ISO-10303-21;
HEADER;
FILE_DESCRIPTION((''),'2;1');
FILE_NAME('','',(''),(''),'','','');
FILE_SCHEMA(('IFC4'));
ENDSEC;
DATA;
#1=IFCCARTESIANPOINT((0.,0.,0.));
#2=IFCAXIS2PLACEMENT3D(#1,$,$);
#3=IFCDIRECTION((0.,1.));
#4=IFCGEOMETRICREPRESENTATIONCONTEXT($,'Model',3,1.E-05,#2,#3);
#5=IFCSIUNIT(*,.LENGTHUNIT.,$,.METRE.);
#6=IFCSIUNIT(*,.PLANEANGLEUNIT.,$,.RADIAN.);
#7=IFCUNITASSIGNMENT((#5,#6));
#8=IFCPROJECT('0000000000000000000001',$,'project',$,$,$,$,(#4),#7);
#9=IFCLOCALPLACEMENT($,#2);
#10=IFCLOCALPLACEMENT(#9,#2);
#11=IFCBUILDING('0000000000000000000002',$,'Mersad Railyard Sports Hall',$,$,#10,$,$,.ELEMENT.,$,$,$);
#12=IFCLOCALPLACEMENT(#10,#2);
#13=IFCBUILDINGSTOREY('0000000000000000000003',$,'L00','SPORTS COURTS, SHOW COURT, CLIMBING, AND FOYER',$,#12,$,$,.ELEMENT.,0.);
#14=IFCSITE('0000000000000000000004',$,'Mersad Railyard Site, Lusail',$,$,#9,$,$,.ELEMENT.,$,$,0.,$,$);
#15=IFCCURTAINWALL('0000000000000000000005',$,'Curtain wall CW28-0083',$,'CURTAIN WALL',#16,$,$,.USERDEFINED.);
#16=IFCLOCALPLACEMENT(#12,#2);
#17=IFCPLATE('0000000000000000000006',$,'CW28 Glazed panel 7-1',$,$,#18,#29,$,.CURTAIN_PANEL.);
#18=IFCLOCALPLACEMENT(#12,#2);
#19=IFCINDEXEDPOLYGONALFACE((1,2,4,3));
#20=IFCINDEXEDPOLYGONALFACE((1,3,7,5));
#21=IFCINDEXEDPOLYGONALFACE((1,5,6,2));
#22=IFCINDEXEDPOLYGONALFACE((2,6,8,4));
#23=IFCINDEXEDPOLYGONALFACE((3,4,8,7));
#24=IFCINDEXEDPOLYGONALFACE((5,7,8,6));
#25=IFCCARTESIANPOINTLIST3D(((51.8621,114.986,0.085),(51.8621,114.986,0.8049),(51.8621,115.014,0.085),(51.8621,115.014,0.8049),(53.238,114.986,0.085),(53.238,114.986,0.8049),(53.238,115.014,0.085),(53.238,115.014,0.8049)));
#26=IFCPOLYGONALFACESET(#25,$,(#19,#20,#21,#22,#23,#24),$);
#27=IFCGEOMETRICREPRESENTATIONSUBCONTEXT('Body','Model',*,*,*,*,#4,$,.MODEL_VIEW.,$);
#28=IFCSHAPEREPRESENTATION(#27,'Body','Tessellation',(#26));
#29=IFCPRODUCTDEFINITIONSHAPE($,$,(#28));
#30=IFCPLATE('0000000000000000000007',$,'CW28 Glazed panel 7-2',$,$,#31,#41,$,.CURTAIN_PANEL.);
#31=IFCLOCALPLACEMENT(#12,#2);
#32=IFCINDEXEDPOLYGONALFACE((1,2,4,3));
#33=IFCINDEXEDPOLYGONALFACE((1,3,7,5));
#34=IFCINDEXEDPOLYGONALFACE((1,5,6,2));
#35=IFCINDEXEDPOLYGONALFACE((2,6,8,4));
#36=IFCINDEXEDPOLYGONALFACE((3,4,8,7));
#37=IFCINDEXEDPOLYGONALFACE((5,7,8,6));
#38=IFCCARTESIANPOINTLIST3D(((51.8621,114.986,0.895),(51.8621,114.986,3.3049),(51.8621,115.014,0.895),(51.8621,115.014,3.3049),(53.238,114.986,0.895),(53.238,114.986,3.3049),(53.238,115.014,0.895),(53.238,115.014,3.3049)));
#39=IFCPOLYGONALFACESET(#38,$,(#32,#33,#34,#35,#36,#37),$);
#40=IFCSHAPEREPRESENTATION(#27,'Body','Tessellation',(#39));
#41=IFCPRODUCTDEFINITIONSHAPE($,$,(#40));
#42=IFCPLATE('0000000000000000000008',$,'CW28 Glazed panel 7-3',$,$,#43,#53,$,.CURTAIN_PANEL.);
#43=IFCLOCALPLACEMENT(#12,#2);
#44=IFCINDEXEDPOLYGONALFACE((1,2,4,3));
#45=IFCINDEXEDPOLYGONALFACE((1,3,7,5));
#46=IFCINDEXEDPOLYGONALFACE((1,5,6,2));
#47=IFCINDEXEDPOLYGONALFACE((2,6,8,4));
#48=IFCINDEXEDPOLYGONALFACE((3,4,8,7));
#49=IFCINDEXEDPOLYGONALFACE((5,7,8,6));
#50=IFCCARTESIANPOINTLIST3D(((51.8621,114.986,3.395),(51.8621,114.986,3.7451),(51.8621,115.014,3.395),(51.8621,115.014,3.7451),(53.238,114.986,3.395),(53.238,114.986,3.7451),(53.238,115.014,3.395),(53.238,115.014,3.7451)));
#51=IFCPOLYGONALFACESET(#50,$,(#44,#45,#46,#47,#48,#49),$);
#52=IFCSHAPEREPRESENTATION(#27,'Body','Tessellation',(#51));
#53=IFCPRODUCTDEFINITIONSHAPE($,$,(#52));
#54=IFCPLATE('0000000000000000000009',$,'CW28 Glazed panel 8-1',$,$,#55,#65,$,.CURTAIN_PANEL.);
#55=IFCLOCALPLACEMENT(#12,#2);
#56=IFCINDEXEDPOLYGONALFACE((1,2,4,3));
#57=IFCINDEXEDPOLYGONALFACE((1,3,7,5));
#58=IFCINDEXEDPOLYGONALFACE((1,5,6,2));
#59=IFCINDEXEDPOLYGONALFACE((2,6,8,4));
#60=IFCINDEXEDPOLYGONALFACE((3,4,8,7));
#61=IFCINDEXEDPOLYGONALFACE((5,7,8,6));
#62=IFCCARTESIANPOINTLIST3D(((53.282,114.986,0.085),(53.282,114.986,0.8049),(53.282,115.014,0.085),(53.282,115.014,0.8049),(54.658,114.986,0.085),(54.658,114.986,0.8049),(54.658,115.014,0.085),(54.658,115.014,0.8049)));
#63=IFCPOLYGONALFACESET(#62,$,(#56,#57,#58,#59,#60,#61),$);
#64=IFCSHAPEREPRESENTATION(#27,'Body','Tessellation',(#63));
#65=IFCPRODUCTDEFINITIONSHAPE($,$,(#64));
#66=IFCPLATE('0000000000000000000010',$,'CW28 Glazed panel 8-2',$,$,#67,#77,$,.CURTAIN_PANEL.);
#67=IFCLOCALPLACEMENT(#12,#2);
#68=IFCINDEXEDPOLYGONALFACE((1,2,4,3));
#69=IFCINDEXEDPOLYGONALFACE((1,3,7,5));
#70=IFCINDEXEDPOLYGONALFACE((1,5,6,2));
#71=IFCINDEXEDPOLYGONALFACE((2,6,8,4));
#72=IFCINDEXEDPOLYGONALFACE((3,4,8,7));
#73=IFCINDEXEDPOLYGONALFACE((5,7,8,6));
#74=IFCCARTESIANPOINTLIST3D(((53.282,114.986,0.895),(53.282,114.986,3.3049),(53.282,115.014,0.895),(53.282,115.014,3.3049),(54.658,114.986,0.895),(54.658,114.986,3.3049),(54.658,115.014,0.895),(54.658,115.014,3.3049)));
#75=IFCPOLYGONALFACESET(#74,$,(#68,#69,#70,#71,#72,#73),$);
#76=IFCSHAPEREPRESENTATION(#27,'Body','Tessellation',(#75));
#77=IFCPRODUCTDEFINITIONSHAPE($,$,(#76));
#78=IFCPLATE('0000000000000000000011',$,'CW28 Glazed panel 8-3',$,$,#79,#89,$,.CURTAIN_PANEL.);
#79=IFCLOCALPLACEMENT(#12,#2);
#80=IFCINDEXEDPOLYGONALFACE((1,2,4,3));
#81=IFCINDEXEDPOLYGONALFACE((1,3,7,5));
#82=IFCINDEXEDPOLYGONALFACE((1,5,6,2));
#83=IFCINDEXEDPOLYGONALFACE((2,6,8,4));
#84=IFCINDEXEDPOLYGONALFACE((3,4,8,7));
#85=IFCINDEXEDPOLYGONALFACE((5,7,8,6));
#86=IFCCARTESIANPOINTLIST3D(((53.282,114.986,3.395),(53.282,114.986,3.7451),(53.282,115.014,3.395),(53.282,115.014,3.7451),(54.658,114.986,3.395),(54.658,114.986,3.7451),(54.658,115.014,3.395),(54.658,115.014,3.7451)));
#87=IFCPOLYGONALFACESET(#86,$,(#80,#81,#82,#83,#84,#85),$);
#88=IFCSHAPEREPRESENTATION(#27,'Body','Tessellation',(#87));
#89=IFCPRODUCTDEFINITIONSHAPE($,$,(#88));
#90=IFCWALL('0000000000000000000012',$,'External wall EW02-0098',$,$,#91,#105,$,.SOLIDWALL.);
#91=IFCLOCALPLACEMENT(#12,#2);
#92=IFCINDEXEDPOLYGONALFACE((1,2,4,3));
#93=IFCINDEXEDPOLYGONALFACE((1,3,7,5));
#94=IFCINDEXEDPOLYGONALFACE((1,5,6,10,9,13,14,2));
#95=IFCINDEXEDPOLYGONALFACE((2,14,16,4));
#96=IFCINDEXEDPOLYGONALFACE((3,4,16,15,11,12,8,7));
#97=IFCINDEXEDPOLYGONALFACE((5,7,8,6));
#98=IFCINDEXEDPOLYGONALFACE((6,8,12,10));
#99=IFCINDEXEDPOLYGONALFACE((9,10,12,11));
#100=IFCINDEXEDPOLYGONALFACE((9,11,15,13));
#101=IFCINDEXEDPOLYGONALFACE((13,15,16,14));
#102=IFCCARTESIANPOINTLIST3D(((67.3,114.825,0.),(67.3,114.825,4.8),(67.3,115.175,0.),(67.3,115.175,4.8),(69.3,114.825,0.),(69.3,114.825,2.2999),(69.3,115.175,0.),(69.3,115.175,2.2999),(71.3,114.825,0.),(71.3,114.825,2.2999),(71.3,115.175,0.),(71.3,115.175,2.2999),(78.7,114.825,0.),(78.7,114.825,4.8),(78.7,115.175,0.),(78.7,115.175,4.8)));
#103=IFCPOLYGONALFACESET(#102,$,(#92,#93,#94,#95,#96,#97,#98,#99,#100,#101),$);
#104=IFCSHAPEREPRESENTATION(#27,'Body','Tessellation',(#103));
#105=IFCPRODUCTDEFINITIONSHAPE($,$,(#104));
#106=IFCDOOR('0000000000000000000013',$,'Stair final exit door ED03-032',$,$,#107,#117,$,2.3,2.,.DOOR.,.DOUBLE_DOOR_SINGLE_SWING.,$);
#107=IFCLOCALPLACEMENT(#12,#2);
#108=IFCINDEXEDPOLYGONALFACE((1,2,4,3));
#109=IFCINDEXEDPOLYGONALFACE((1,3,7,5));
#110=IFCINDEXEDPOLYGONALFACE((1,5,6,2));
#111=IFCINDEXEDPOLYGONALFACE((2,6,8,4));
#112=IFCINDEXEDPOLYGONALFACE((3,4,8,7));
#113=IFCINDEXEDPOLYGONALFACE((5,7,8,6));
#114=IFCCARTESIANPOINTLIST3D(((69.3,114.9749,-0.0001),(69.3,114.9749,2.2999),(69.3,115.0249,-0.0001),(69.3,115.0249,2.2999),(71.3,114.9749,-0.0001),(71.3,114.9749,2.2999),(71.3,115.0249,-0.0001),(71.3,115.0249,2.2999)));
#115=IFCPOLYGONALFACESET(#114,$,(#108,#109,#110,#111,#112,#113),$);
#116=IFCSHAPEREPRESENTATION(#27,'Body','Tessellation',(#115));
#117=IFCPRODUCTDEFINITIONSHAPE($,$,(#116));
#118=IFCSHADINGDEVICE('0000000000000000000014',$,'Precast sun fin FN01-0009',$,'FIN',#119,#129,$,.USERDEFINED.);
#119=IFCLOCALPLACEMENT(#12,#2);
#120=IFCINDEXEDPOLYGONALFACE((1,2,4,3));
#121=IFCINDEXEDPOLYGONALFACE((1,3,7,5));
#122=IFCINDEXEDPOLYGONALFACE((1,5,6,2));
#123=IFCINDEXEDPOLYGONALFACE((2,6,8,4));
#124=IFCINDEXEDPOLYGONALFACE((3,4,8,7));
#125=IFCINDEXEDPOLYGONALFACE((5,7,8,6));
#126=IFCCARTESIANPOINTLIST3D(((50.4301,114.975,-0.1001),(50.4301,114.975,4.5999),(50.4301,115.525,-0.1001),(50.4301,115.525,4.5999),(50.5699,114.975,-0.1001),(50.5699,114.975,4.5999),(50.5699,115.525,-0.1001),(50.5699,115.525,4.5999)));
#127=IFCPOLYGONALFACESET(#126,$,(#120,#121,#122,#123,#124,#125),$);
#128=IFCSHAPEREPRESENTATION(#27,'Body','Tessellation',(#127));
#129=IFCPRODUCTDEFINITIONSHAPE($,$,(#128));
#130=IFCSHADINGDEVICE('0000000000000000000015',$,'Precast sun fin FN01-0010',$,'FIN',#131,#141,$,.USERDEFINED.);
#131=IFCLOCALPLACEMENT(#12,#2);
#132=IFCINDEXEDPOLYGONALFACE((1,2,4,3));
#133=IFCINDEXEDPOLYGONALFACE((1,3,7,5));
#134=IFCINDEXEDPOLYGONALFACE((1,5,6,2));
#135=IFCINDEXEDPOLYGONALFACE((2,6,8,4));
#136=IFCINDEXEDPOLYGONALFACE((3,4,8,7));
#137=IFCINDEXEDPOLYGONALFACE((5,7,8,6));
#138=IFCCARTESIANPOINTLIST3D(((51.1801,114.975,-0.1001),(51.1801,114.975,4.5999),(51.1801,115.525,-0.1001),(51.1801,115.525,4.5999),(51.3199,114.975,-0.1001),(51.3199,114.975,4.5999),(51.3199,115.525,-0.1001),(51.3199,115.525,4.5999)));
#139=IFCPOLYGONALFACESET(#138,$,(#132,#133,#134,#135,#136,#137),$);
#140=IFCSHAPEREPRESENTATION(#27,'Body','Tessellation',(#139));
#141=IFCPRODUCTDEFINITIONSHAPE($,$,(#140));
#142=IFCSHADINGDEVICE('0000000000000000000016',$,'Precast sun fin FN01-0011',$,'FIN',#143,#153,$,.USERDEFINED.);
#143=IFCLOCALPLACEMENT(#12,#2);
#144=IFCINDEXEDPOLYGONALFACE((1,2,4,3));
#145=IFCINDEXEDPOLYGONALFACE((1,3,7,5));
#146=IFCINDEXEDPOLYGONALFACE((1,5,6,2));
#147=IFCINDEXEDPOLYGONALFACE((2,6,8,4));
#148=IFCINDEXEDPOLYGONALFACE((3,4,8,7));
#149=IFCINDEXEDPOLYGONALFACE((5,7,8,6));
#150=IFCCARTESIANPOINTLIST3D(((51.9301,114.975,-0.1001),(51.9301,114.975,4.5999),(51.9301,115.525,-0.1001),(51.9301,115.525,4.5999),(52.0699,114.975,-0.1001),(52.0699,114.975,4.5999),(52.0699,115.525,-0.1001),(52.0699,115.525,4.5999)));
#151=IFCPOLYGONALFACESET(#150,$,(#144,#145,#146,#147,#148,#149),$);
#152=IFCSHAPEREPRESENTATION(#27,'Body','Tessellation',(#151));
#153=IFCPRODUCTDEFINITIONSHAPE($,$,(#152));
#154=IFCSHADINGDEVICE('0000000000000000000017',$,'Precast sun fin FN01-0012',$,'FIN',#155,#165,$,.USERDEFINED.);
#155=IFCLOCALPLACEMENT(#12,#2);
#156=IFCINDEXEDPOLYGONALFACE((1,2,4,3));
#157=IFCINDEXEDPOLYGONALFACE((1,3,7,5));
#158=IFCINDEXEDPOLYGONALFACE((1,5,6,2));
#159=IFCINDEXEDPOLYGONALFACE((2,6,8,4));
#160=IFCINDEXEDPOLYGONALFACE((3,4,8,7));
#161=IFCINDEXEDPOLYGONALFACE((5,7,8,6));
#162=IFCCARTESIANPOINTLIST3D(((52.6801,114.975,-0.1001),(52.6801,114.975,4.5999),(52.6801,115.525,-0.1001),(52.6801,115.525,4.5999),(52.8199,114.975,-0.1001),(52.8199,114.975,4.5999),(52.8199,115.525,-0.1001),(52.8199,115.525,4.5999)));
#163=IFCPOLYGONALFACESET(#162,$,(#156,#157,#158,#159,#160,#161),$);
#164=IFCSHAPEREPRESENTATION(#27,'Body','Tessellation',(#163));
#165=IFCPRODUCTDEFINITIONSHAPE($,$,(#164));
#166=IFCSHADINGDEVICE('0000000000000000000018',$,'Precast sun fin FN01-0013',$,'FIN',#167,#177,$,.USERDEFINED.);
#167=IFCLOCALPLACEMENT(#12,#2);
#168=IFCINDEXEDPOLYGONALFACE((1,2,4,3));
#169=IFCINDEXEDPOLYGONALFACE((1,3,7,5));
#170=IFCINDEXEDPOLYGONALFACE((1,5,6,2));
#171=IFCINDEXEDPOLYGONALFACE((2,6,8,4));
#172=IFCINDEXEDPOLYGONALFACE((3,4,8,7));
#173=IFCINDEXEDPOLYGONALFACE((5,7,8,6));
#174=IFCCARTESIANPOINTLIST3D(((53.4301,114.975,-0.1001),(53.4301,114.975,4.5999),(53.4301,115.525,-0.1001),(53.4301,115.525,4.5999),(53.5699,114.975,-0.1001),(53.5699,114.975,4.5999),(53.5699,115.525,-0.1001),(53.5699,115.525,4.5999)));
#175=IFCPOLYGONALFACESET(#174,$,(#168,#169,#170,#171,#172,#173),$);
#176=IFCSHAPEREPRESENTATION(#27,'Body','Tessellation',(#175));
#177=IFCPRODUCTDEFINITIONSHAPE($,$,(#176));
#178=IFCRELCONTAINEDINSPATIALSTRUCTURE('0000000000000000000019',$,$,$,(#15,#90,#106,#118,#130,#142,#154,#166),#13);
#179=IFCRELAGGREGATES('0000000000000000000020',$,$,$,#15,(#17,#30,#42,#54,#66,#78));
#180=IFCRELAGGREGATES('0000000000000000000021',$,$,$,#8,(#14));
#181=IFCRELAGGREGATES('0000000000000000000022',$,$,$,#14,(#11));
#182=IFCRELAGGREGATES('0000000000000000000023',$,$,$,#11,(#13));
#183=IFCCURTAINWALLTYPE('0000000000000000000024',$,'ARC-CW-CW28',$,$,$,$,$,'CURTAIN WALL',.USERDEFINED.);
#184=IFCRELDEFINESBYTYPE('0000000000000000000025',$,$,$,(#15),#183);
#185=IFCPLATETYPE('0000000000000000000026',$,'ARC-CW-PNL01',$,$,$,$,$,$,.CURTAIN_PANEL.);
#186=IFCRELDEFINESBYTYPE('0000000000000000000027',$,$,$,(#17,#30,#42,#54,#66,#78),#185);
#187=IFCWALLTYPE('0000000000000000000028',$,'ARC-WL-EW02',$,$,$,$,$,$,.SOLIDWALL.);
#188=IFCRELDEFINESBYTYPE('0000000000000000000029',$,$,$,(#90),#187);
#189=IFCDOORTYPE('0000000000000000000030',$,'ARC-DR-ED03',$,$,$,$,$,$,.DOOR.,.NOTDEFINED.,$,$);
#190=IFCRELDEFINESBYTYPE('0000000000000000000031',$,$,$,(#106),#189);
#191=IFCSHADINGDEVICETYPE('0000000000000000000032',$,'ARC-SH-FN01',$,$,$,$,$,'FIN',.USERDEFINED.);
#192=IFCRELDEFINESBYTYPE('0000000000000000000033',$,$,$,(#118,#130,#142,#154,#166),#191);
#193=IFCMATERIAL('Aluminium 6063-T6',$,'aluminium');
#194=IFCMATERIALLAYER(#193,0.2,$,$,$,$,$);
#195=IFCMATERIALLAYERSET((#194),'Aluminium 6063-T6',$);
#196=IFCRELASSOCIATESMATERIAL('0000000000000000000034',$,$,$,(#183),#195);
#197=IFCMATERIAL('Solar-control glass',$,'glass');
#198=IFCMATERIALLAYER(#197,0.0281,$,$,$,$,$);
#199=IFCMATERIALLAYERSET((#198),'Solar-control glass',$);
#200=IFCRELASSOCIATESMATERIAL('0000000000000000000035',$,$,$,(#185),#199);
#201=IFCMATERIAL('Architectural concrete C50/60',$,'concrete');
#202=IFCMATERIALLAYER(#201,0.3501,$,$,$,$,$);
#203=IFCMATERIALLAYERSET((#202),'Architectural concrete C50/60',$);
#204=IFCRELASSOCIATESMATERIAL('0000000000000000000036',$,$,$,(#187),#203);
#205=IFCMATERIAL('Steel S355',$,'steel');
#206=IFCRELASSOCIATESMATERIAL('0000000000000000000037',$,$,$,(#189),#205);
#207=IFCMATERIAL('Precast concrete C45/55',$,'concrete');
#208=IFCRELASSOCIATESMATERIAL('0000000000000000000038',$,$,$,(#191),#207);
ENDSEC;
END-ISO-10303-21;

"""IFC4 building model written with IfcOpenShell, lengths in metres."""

from ifc_helpers import new_model, si_unit, direction, frame, frame_2d, origin, origin_2d, place, context, subcontext, project, spatial, rectangle, extrude, material, layer, layer_set, type_object, element, fill, aggregate, save


model = new_model("IFC4")

# Units and contexts
model_context = context("Model", 3, precision=1e-05, world=origin(), true_north=direction((0.0, 1.0)))
body_context = subcontext(model_context, "Body", "Model", "MODEL_VIEW")
ifc_project = project(units=[si_unit("LENGTHUNIT", "METRE"), si_unit("PLANEANGLEUNIT", "RADIAN")], contexts=[model_context])

# Site, building, storey
site_placement = place(None, origin())
site = spatial("IfcSite", under=ifc_project, at=site_placement, Name="Mersad Railyard Site, Lusail", CompositionType="ELEMENT", RefElevation=0.0)
building_placement = place(site_placement, origin())
building = spatial("IfcBuilding", under=site, at=building_placement, Name="Mersad Railyard Sports Hall", CompositionType="ELEMENT")
storey_placement = place(building_placement, origin())
storey = spatial("IfcBuildingStorey", under=building, at=storey_placement, Name="L00", Description="SPORTS COURTS, SHOW COURT, CLIMBING, AND FOYER", CompositionType="ELEMENT", Elevation=0.0)

# Curtain wall
ifc_material_1 = material(Name="Aluminium 6063-T6", Category="aluminium")
ifc_layer_1 = layer(ifc_material_1, 0.2)
ifc_layer_set_1 = layer_set([ifc_layer_1], Name="Aluminium 6063-T6")
curtain_wall_type = type_object("IfcCurtainWallType", Name="ARC-CW-CW28", ElementType="CURTAIN WALL", PredefinedType="USERDEFINED", material=ifc_layer_set_1)
curtain_wall_placement = place(storey_placement, origin())
curtain_wall = element("IfcCurtainWall", 1, at=curtain_wall_placement, inside=storey, type_object=curtain_wall_type, Name="Curtain wall CW28-0083", ObjectType="CURTAIN WALL", PredefinedType="USERDEFINED")

# Plates
ifc_material_2 = material(Name="Solar-control glass", Category="glass")
ifc_layer_2 = layer(ifc_material_2, 0.0281)
ifc_layer_set_2 = layer_set([ifc_layer_2], Name="Solar-control glass")
plate_type = type_object("IfcPlateType", Name="ARC-CW-PNL01", PredefinedType="CURTAIN_PANEL", material=ifc_layer_set_2)
plate_1_placement = place(storey_placement, frame((52.55, 115.0, 0.085), z_axis=(0.0, 0.0, 1.0), x_axis=(1.0, 0.0, 0.0)))
plate_1 = element("IfcPlate", 2, at=plate_1_placement, type_object=plate_type, Name="CW28 Glazed panel 7-1", PredefinedType="CURTAIN_PANEL", context=body_context, shape_type="SweptSolid", body=[
    extrude(rectangle(XDim=1.376, YDim=0.0281, at=origin_2d()), origin(), (0.0, 0.0, 1.0), 0.72),
])
plate_2_placement = place(storey_placement, frame((52.55, 115.0, 0.895), z_axis=(0.0, 0.0, 1.0), x_axis=(1.0, 0.0, 0.0)))
plate_2 = element("IfcPlate", 3, at=plate_2_placement, type_object=plate_type, Name="CW28 Glazed panel 7-2", PredefinedType="CURTAIN_PANEL", context=body_context, shape_type="SweptSolid", body=[
    extrude(rectangle(XDim=1.376, YDim=0.0281, at=origin_2d()), origin(), (0.0, 0.0, 1.0), 2.4099),
])
plate_3_placement = place(storey_placement, frame((52.55, 115.0, 3.395), z_axis=(0.0, 0.0, 1.0), x_axis=(1.0, 0.0, 0.0)))
plate_3 = element("IfcPlate", 4, at=plate_3_placement, type_object=plate_type, Name="CW28 Glazed panel 7-3", PredefinedType="CURTAIN_PANEL", context=body_context, shape_type="SweptSolid", body=[
    extrude(rectangle(XDim=1.376, YDim=0.0281, at=origin_2d()), origin(), (0.0, 0.0, 1.0), 0.3501),
])
plate_4_placement = place(storey_placement, frame((53.97, 115.0, 0.085), z_axis=(0.0, 0.0, 1.0), x_axis=(1.0, 0.0, 0.0)))
plate_4 = element("IfcPlate", 5, at=plate_4_placement, type_object=plate_type, Name="CW28 Glazed panel 8-1", PredefinedType="CURTAIN_PANEL", context=body_context, shape_type="SweptSolid", body=[
    extrude(rectangle(XDim=1.376, YDim=0.0281, at=origin_2d()), origin(), (0.0, 0.0, 1.0), 0.72),
])
plate_5_placement = place(storey_placement, frame((53.97, 115.0, 0.895), z_axis=(0.0, 0.0, 1.0), x_axis=(1.0, 0.0, 0.0)))
plate_5 = element("IfcPlate", 6, at=plate_5_placement, type_object=plate_type, Name="CW28 Glazed panel 8-2", PredefinedType="CURTAIN_PANEL", context=body_context, shape_type="SweptSolid", body=[
    extrude(rectangle(XDim=1.376, YDim=0.0281, at=origin_2d()), origin(), (0.0, 0.0, 1.0), 2.4099),
])
plate_6_placement = place(storey_placement, frame((53.97, 115.0, 3.395), z_axis=(0.0, 0.0, 1.0), x_axis=(1.0, 0.0, 0.0)))
plate_6 = element("IfcPlate", 7, at=plate_6_placement, type_object=plate_type, Name="CW28 Glazed panel 8-3", PredefinedType="CURTAIN_PANEL", context=body_context, shape_type="SweptSolid", body=[
    extrude(rectangle(XDim=1.376, YDim=0.0281, at=origin_2d()), origin(), (0.0, 0.0, 1.0), 0.3501),
])
aggregate(curtain_wall, [plate_1, plate_2, plate_3, plate_4, plate_5, plate_6])

# Wall, opening, door
ifc_material_3 = material(Name="Architectural concrete C50/60", Category="concrete")
ifc_layer_3 = layer(ifc_material_3, 0.3501)
ifc_layer_set_3 = layer_set([ifc_layer_3], Name="Architectural concrete C50/60")
wall_type_1 = type_object("IfcWallType", Name="ARC-WL-EW02", PredefinedType="SOLIDWALL", material=ifc_layer_set_3)
wall_1_placement = place(storey_placement, frame((67.3, 115.0, 0.0), z_axis=(0.0, 0.0, 1.0), x_axis=(1.0, 0.0, 0.0)))
wall_1 = element("IfcWall", 8, at=wall_1_placement, inside=storey, type_object=wall_type_1, Name="External wall EW02-0098", PredefinedType="SOLIDWALL", context=body_context, shape_type="SweptSolid", body=[
    extrude(rectangle(XDim=11.3999, YDim=0.3501, at=frame_2d((5.7, 0.0))), origin(), (0.0, 0.0, 1.0), 4.8),
])
opening_1_placement = place(wall_1_placement, frame((2.0, 0.0, 0.0)))
opening_1 = element("IfcOpeningElement", 9, at=opening_1_placement, cuts=wall_1, PredefinedType="OPENING", context=body_context, shape_type="SweptSolid", body=[
    extrude(rectangle(XDim=2.0, YDim=2.3, at=frame_2d((1.0, 1.1499))), frame((0.0, 0.1851, 0.0), z_axis=(0.0, -1.0, 0.0), x_axis=(1.0, 0.0, 0.0)), (0.0, 0.0, 1.0), 0.3701),
])
ifc_material_4 = material(Name="Steel S355", Category="steel")
door_type_1 = type_object("IfcDoorType", Name="ARC-DR-ED03", OperationType="NOTDEFINED", PredefinedType="DOOR", material=ifc_material_4)
door_1_placement = place(opening_1_placement, origin())
door_1 = element("IfcDoor", 10, at=door_1_placement, inside=storey, type_object=door_type_1, Name="Stair final exit door ED03-032", OperationType="DOUBLE_DOOR_SINGLE_SWING", OverallHeight=2.3, OverallWidth=2.0, PredefinedType="DOOR", context=body_context, shape_type="SweptSolid", body=[
    extrude(rectangle(XDim=2.0, YDim=2.3, at=frame_2d((1.0, 1.1499))), frame((0.0, 0.0249, 0.0), z_axis=(0.0, -1.0, 0.0), x_axis=(1.0, 0.0, 0.0)), (0.0, 0.0, 1.0), 0.05),
])
fill(opening_1, door_1)

# Shading devices
ifc_material_5 = material(Name="Precast concrete C45/55", Category="concrete")
shading_device_type = type_object("IfcShadingDeviceType", Name="ARC-SH-FN01", ElementType="FIN", PredefinedType="USERDEFINED", material=ifc_material_5)
for number, where, z_axis, x_axis, name in (
    (11, (50.5, 115.25, -0.1001), (0.0, 0.0, 1.0), (1.0, 0.0, 0.0), "Precast sun fin FN01-0009"),
    (12, (51.25, 115.25, -0.1001), (0.0, 0.0, 1.0), (1.0, 0.0, 0.0), "Precast sun fin FN01-0010"),
    (13, (52.0, 115.25, -0.1001), (0.0, 0.0, 1.0), (1.0, 0.0, 0.0), "Precast sun fin FN01-0011"),
    (14, (52.75, 115.25, -0.1001), (0.0, 0.0, 1.0), (1.0, 0.0, 0.0), "Precast sun fin FN01-0012"),
    (15, (53.5, 115.25, -0.1001), (0.0, 0.0, 1.0), (1.0, 0.0, 0.0), "Precast sun fin FN01-0013"),
):
    element("IfcShadingDevice", number, at=place(storey_placement, frame(where, z_axis=z_axis, x_axis=x_axis)), inside=storey, type_object=shading_device_type, Name=name, ObjectType="FIN", PredefinedType="USERDEFINED", context=body_context, shape_type="SweptSolid", body=[
        extrude(rectangle(XDim=0.1399, YDim=0.55, at=origin_2d()), origin(), (0.0, 0.0, 1.0), 4.7),
    ])

save(model, "model.ifc")
